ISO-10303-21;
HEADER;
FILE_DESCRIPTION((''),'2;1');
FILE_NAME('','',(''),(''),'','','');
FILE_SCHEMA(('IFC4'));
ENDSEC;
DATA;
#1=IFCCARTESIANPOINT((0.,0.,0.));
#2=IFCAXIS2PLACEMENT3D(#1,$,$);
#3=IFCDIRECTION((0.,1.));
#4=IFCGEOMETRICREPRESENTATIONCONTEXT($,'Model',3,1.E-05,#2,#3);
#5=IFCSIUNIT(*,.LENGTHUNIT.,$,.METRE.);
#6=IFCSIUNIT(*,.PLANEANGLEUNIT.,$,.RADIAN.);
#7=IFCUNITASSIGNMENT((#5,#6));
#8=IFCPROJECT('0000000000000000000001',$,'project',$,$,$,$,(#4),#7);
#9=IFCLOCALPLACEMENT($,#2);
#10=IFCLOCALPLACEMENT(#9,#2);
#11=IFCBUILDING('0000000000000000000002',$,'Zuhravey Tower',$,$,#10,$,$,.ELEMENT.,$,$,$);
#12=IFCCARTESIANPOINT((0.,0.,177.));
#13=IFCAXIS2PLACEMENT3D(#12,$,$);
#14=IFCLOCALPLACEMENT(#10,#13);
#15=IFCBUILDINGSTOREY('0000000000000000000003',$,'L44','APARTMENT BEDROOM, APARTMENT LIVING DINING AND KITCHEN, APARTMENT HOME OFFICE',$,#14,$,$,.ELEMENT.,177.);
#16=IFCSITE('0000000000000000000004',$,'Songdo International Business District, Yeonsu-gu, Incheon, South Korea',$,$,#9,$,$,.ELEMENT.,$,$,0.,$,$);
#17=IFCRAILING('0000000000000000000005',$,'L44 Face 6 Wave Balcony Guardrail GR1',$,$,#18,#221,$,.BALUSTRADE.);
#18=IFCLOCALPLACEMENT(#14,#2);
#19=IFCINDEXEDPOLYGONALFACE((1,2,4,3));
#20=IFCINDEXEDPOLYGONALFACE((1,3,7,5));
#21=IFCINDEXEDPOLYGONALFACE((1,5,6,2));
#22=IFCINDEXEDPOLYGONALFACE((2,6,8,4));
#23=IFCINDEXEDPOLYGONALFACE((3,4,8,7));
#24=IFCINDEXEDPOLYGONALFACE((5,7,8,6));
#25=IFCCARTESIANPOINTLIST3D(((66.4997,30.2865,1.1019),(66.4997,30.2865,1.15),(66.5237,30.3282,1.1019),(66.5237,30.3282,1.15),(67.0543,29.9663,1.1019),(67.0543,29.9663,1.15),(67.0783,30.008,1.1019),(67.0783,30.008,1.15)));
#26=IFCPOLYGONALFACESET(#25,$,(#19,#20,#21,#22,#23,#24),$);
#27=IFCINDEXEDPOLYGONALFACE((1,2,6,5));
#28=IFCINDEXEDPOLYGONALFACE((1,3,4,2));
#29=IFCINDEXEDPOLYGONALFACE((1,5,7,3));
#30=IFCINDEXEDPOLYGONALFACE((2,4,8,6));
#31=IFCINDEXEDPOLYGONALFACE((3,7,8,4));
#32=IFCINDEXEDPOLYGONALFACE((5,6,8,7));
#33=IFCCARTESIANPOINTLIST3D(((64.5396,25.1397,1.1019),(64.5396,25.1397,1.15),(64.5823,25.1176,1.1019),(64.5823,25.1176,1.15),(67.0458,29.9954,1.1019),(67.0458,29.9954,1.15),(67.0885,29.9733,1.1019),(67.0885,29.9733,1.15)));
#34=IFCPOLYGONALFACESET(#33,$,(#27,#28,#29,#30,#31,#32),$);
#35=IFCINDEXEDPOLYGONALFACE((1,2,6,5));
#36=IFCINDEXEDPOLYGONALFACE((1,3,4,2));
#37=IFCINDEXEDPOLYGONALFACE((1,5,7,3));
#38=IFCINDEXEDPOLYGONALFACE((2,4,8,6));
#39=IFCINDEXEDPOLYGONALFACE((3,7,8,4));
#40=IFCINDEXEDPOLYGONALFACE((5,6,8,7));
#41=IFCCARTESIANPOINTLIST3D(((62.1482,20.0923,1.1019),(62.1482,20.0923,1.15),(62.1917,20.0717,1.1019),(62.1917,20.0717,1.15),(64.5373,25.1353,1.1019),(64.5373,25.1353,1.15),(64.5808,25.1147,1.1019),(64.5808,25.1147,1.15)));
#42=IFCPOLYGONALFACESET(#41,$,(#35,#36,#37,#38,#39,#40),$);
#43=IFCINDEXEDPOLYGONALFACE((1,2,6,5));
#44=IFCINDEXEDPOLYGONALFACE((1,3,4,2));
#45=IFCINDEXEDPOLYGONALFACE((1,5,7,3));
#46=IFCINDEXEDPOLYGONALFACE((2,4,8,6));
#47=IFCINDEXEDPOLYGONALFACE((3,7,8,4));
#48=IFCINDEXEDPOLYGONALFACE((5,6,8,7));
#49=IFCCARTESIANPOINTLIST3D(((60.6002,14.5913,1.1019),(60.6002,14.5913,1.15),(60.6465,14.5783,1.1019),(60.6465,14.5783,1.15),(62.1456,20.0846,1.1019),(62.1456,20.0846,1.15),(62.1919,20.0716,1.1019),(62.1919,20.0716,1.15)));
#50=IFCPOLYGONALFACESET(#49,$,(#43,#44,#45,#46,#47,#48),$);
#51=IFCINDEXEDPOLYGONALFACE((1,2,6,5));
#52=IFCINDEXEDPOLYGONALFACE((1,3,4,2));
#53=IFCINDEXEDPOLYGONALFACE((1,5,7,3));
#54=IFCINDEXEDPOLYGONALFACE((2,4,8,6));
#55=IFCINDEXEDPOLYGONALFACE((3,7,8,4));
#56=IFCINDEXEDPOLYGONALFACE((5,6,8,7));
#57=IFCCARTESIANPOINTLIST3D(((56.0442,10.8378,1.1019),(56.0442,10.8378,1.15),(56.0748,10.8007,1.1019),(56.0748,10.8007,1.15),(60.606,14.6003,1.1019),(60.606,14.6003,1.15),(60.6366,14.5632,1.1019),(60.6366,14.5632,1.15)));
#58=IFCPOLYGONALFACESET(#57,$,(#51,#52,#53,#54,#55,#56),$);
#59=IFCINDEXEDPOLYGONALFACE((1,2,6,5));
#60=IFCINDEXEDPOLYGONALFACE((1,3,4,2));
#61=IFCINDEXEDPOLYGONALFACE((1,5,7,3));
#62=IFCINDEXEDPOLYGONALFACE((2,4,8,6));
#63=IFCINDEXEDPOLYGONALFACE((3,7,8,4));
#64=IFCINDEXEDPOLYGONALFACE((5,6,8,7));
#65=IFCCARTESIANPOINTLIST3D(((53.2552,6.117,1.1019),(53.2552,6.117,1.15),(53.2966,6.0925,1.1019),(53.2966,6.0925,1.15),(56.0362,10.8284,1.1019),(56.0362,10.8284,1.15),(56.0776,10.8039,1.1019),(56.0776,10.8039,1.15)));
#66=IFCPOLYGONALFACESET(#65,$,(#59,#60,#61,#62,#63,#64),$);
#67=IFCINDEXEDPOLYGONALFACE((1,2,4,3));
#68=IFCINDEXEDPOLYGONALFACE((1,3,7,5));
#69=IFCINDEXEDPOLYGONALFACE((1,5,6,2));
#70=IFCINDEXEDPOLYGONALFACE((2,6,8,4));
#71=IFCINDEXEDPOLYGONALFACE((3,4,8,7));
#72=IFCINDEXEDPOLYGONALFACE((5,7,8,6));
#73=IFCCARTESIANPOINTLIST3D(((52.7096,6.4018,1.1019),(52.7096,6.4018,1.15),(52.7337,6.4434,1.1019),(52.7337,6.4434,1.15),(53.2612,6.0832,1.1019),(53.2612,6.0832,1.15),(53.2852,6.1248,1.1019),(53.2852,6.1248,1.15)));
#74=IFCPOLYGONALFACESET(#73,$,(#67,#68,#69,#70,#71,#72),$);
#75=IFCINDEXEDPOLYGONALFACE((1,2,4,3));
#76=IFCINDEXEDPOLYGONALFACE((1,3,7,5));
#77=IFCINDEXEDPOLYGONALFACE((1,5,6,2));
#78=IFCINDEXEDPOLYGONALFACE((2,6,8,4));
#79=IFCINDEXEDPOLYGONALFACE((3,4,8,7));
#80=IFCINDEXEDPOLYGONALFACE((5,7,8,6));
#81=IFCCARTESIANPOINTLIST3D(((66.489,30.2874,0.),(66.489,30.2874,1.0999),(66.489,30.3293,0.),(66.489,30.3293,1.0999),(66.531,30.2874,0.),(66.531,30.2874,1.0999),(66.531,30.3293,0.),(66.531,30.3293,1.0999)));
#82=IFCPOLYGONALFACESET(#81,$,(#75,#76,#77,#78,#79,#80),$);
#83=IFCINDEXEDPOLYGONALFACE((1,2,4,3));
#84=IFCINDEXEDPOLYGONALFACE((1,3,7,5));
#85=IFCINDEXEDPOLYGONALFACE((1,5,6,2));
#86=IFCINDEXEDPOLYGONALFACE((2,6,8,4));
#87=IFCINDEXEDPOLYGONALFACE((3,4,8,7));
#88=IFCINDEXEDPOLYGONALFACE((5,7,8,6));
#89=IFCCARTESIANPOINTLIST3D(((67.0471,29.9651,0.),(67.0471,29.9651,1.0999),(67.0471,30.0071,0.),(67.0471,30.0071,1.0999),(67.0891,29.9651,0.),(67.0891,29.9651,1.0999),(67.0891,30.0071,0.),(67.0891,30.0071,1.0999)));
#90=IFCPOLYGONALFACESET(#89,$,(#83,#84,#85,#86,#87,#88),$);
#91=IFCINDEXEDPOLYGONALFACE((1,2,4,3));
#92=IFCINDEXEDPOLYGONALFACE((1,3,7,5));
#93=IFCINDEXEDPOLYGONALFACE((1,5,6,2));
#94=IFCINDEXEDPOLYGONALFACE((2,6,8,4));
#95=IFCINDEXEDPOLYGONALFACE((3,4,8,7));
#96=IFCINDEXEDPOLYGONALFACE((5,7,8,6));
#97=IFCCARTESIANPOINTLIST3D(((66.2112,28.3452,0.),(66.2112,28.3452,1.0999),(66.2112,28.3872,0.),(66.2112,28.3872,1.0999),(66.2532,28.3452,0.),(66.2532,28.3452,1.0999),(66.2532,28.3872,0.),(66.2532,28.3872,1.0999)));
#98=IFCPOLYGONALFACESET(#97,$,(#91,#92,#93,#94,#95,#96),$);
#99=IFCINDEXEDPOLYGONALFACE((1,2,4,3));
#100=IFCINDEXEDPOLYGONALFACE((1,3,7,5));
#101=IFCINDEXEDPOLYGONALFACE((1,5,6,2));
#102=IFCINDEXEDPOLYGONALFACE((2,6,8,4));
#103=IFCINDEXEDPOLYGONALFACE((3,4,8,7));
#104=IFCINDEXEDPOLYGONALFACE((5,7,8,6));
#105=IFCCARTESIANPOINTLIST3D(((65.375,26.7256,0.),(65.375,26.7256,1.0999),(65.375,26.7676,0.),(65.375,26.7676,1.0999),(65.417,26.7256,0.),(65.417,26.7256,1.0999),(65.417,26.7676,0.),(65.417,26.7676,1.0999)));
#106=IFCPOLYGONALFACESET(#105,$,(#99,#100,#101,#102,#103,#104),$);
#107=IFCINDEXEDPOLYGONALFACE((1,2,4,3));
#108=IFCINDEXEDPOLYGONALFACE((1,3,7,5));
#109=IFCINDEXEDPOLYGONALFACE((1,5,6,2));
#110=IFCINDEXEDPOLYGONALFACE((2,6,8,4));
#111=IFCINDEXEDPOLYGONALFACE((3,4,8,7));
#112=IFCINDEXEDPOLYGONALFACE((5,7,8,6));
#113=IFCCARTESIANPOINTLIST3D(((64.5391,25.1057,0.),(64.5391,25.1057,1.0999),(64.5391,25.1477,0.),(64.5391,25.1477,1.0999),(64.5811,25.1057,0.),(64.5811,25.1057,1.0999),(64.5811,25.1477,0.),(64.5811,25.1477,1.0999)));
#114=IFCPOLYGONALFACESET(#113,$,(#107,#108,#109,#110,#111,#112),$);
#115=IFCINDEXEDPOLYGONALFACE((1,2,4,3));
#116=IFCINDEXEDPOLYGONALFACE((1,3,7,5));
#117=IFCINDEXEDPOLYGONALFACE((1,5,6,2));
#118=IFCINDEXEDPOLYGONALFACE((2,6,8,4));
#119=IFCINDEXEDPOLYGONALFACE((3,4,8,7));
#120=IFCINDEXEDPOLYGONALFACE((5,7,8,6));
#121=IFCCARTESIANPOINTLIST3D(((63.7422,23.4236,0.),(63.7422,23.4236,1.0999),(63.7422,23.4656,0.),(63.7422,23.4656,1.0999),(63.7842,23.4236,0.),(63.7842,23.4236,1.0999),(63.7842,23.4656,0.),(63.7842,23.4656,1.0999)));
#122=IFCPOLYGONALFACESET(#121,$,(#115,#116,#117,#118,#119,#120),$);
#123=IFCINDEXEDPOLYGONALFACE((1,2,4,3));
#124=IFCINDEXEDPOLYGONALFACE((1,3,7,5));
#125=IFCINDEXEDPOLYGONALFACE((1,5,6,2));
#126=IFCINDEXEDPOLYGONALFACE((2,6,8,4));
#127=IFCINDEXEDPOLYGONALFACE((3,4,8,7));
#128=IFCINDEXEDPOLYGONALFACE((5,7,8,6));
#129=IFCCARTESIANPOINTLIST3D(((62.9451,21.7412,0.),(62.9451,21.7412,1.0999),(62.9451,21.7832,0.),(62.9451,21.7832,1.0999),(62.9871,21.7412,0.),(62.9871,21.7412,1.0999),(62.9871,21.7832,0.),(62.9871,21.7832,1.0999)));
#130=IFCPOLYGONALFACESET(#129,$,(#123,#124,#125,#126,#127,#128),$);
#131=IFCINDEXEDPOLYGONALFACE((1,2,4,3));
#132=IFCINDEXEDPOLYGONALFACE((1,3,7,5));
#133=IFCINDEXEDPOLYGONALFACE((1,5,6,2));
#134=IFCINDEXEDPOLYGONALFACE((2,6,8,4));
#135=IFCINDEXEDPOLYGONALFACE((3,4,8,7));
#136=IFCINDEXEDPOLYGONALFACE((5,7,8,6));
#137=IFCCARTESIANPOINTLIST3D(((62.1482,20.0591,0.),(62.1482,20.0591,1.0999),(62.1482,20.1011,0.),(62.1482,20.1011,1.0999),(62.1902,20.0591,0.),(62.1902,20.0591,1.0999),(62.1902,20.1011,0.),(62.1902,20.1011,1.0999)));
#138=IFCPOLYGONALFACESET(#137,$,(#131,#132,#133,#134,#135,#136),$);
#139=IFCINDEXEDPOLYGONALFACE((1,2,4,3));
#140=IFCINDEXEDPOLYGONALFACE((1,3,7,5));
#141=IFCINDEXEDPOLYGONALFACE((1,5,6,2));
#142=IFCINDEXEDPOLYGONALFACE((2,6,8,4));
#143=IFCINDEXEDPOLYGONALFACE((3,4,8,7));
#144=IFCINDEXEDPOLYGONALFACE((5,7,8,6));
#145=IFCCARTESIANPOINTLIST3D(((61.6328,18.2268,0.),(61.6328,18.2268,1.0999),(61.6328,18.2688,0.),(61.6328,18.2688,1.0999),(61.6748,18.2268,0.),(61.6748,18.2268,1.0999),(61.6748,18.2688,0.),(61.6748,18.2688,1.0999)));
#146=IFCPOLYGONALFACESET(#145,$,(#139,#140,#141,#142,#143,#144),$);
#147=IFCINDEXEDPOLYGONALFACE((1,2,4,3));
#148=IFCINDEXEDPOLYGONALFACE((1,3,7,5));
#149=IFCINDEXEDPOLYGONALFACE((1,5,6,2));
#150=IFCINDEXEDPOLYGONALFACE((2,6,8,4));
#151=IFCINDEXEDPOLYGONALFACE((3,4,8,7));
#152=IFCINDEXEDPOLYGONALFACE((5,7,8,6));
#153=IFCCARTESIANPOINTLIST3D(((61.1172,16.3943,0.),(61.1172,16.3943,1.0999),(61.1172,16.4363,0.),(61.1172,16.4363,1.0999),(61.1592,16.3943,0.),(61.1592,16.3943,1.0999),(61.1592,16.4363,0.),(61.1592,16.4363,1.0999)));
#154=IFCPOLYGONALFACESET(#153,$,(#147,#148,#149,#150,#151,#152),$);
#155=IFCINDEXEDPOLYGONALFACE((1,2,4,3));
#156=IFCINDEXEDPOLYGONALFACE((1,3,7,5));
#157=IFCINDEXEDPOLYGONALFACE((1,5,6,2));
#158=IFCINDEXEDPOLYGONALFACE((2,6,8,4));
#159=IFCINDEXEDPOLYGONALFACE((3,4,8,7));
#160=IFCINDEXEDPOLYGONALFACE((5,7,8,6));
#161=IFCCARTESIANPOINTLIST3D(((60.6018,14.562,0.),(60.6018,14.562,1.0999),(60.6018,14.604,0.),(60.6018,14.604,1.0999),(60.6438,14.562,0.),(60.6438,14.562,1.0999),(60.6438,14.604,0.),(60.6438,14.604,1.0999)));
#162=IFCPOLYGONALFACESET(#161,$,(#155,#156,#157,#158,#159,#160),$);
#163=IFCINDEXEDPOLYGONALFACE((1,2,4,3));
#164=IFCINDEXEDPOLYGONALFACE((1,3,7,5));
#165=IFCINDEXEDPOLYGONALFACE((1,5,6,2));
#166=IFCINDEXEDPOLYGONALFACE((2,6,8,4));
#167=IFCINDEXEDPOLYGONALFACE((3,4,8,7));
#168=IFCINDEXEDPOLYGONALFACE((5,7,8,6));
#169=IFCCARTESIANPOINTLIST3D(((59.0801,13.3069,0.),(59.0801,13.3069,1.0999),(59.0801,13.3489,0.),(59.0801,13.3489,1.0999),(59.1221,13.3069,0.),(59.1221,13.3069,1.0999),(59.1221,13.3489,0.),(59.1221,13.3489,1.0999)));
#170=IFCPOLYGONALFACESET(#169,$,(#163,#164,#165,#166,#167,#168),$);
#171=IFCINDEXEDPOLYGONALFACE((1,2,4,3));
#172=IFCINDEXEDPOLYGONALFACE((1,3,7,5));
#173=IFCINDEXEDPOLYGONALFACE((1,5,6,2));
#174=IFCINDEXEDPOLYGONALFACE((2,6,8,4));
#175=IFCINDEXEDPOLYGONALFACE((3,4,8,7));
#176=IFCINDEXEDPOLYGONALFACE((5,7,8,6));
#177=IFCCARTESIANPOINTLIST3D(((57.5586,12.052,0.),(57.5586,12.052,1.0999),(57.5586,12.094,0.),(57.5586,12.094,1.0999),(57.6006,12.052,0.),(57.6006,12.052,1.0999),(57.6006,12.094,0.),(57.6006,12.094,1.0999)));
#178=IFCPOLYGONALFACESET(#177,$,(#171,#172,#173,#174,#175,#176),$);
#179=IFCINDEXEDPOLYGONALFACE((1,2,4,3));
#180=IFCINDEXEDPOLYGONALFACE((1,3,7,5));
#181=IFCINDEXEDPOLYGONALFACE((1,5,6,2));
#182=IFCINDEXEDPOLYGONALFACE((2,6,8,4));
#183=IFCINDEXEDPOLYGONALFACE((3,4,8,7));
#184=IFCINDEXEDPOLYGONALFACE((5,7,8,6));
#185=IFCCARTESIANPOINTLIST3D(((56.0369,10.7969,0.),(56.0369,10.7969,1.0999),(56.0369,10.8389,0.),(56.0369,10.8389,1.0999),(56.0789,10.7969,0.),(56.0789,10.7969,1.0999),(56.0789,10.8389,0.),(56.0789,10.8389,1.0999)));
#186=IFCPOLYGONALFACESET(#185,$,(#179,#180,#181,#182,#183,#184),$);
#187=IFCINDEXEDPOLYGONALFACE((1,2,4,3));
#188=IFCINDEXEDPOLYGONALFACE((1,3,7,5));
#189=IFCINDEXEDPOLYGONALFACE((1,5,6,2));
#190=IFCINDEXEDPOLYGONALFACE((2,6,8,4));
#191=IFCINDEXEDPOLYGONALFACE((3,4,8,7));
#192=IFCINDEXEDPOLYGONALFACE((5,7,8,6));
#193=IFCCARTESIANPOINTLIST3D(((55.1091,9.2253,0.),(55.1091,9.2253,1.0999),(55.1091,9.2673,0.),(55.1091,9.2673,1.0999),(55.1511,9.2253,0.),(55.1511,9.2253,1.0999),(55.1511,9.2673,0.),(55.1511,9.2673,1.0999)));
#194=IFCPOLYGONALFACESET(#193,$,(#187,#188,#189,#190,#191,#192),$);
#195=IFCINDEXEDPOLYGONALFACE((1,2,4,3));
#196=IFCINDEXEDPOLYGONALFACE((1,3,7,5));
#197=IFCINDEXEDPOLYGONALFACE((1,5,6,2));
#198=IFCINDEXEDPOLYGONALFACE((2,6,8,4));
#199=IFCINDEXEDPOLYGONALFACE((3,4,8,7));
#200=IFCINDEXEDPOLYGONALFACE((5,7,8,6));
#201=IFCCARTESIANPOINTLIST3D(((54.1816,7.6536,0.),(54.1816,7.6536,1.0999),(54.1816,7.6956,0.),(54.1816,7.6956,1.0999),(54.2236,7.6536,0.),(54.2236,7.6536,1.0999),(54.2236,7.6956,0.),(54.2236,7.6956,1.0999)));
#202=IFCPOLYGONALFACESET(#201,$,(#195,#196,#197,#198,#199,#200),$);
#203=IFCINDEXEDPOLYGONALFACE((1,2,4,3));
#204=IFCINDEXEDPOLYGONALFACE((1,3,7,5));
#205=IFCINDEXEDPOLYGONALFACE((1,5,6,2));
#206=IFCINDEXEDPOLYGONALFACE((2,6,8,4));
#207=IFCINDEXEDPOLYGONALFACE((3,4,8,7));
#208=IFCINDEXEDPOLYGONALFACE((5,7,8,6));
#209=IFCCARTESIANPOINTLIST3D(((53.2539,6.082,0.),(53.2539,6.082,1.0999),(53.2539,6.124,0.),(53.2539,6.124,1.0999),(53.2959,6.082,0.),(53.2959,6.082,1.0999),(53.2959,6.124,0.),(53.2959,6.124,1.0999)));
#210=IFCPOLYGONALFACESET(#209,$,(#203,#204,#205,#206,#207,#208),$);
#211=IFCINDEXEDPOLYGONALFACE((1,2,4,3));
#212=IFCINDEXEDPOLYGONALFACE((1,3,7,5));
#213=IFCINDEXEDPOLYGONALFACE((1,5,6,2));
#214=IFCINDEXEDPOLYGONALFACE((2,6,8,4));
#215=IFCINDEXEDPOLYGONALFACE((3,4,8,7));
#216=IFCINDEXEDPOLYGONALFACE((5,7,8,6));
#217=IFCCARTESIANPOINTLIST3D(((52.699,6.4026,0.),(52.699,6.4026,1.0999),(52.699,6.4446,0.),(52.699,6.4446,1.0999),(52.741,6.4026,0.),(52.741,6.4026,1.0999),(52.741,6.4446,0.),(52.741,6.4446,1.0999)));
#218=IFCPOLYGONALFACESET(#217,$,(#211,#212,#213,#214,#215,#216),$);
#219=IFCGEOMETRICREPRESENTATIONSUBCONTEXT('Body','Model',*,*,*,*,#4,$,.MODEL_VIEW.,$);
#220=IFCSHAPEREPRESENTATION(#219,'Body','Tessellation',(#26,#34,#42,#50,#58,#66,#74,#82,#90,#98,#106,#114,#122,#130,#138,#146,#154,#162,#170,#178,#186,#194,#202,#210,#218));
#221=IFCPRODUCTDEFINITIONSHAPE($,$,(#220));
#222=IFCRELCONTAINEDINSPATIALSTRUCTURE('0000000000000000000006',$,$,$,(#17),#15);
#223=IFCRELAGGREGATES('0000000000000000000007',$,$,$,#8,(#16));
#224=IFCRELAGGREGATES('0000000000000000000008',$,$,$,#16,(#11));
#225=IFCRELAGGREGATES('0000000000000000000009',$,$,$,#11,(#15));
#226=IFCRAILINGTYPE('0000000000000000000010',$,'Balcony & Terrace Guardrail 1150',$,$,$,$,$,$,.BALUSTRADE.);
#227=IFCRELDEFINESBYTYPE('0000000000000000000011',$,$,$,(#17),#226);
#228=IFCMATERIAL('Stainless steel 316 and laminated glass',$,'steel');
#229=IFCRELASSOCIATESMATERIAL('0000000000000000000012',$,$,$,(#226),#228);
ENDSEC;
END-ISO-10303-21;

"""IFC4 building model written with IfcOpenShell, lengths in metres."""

from ifc_helpers import new_model, si_unit, direction, frame, origin, origin_2d, place, context, subcontext, project, spatial, rectangle, extrude, material, type_object, element, save


model = new_model("IFC4")

# Units and contexts
model_context = context("Model", 3, precision=1e-05, world=origin(), true_north=direction((0.0, 1.0)))
body_context = subcontext(model_context, "Body", "Model", "MODEL_VIEW")
ifc_project = project(units=[si_unit("LENGTHUNIT", "METRE"), si_unit("PLANEANGLEUNIT", "RADIAN")], contexts=[model_context])

# Site, building, storey
site_placement = place(None, origin())
site = spatial("IfcSite", under=ifc_project, at=site_placement, Name="Songdo International Business District, Yeonsu-gu, Incheon, South Korea", CompositionType="ELEMENT", RefElevation=0.0)
building_placement = place(site_placement, origin())
building = spatial("IfcBuilding", under=site, at=building_placement, Name="Zuhravey Tower", CompositionType="ELEMENT")
storey_placement = place(building_placement, frame((0.0, 0.0, 177.0)))
storey = spatial("IfcBuildingStorey", under=building, at=storey_placement, Name="L44", Description="APARTMENT BEDROOM, APARTMENT LIVING DINING AND KITCHEN, APARTMENT HOME OFFICE", CompositionType="ELEMENT", Elevation=177.0)

# Railing
ifc_material_1 = material(Name="Stainless steel 316 and laminated glass", Category="steel")
railing_type = type_object("IfcRailingType", Name="Balcony & Terrace Guardrail 1150", PredefinedType="BALUSTRADE", material=ifc_material_1)
railing_placement = place(storey_placement, frame((66.51, 30.3083, 0.0)))
element("IfcRailing", 1, at=railing_placement, inside=storey, type_object=railing_type, Name="L44 Face 6 Wave Balcony Guardrail GR1", PredefinedType="BALUSTRADE", context=body_context, shape_type="SweptSolid", body=[
    extrude(rectangle(XDim=0.0481, YDim=0.0481, at=origin_2d()), frame((0.0017, -0.001, 1.126), z_axis=(0.865996, -0.50005, 0.0), x_axis=(0.50005, 0.865996, 0.0)), (0.0, 0.0, 1.0), 0.6404),
    extrude(rectangle(XDim=0.0481, YDim=0.0481, at=origin_2d()), frame((0.5571, -0.324, 1.126), z_axis=(-0.458642, -0.888621, 0.0), x_axis=(0.888621, -0.458642, 0.0)), (0.0, 0.0, 1.0), 5.4644),
    extrude(rectangle(XDim=0.0481, YDim=0.0481, at=origin_2d()), frame((-1.9509, -5.1833, 1.126), z_axis=(-0.428139, -0.903713, 0.0), x_axis=(0.903713, -0.428139, 0.0)), (0.0, 0.0, 1.0), 5.5803),
    extrude(rectangle(XDim=0.0481, YDim=0.0481, at=origin_2d()), frame((-4.3413, -10.2302, 1.126), z_axis=(-0.2708, -0.962636, 0.0), x_axis=(0.962636, -0.2708, 0.0)), (0.0, 0.0, 1.0), 5.7065),
    extrude(rectangle(XDim=0.0481, YDim=0.0481, at=origin_2d()), frame((-5.8887, -15.7266, 1.126), z_axis=(-0.771451, -0.636288, 0.0), x_axis=(0.636288, -0.771451, 0.0)), (0.0, 0.0, 1.0), 5.9133),
    extrude(rectangle(XDim=0.0481, YDim=0.0481, at=origin_2d()), frame((-10.4531, -19.4922, 1.126), z_axis=(-0.508312, -0.861173, 0.0), x_axis=(0.861173, -0.508312, 0.0)), (0.0, 0.0, 1.0), 5.4709),
    extrude(rectangle(XDim=0.0481, YDim=0.0481, at=origin_2d()), frame((-13.2368, -24.2043, 1.126), z_axis=(-0.865913, 0.500195, 0.0), x_axis=(-0.500195, -0.865913, 0.0)), (0.0, 0.0, 1.0), 0.637),
    extrude(rectangle(XDim=0.042, YDim=0.042, at=origin_2d()), origin(), (0.0, 0.0, 1.0), 1.0999),
    extrude(rectangle(XDim=0.042, YDim=0.042, at=origin_2d()), frame((0.5581, -0.3223, 0.0)), (0.0, 0.0, 1.0), 1.0999),
    extrude(rectangle(XDim=0.042, YDim=0.042, at=origin_2d()), frame((-0.2778, -1.9421, 0.0)), (0.0, 0.0, 1.0), 1.0999),
    extrude(rectangle(XDim=0.042, YDim=0.042, at=origin_2d()), frame((-1.114, -3.5618, 0.0)), (0.0, 0.0, 1.0), 1.0999),
    extrude(rectangle(XDim=0.042, YDim=0.042, at=origin_2d()), frame((-1.95, -5.1816, 0.0)), (0.0, 0.0, 1.0), 1.0999),
    extrude(rectangle(XDim=0.042, YDim=0.042, at=origin_2d()), frame((-2.7468, -6.8638, 0.0)), (0.0, 0.0, 1.0), 1.0999),
    extrude(rectangle(XDim=0.042, YDim=0.042, at=origin_2d()), frame((-3.5439, -8.5461, 0.0)), (0.0, 0.0, 1.0), 1.0999),
    extrude(rectangle(XDim=0.042, YDim=0.042, at=origin_2d()), frame((-4.3408, -10.2283, 0.0)), (0.0, 0.0, 1.0), 1.0999),
    extrude(rectangle(XDim=0.042, YDim=0.042, at=origin_2d()), frame((-4.8562, -12.0605, 0.0)), (0.0, 0.0, 1.0), 1.0999),
    extrude(rectangle(XDim=0.042, YDim=0.042, at=origin_2d()), frame((-5.3718, -13.8931, 0.0)), (0.0, 0.0, 1.0), 1.0999),
    extrude(rectangle(XDim=0.042, YDim=0.042, at=origin_2d()), frame((-5.8872, -15.7253, 0.0)), (0.0, 0.0, 1.0), 1.0999),
    extrude(rectangle(XDim=0.042, YDim=0.042, at=origin_2d()), frame((-7.4089, -16.9805, 0.0)), (0.0, 0.0, 1.0), 1.0999),
    extrude(rectangle(XDim=0.042, YDim=0.042, at=origin_2d()), frame((-8.9304, -18.2354, 0.0)), (0.0, 0.0, 1.0), 1.0999),
    extrude(rectangle(XDim=0.042, YDim=0.042, at=origin_2d()), frame((-10.4521, -19.4905, 0.0)), (0.0, 0.0, 1.0), 1.0999),
    extrude(rectangle(XDim=0.042, YDim=0.042, at=origin_2d()), frame((-11.3799, -21.062, 0.0)), (0.0, 0.0, 1.0), 1.0999),
    extrude(rectangle(XDim=0.042, YDim=0.042, at=origin_2d()), frame((-12.3074, -22.6338, 0.0)), (0.0, 0.0, 1.0), 1.0999),
    extrude(rectangle(XDim=0.042, YDim=0.042, at=origin_2d()), frame((-13.2351, -24.2053, 0.0)), (0.0, 0.0, 1.0), 1.0999),
    extrude(rectangle(XDim=0.042, YDim=0.042, at=origin_2d()), frame((-13.79, -23.8848, 0.0)), (0.0, 0.0, 1.0), 1.0999),
])

save(model, "model.ifc")
